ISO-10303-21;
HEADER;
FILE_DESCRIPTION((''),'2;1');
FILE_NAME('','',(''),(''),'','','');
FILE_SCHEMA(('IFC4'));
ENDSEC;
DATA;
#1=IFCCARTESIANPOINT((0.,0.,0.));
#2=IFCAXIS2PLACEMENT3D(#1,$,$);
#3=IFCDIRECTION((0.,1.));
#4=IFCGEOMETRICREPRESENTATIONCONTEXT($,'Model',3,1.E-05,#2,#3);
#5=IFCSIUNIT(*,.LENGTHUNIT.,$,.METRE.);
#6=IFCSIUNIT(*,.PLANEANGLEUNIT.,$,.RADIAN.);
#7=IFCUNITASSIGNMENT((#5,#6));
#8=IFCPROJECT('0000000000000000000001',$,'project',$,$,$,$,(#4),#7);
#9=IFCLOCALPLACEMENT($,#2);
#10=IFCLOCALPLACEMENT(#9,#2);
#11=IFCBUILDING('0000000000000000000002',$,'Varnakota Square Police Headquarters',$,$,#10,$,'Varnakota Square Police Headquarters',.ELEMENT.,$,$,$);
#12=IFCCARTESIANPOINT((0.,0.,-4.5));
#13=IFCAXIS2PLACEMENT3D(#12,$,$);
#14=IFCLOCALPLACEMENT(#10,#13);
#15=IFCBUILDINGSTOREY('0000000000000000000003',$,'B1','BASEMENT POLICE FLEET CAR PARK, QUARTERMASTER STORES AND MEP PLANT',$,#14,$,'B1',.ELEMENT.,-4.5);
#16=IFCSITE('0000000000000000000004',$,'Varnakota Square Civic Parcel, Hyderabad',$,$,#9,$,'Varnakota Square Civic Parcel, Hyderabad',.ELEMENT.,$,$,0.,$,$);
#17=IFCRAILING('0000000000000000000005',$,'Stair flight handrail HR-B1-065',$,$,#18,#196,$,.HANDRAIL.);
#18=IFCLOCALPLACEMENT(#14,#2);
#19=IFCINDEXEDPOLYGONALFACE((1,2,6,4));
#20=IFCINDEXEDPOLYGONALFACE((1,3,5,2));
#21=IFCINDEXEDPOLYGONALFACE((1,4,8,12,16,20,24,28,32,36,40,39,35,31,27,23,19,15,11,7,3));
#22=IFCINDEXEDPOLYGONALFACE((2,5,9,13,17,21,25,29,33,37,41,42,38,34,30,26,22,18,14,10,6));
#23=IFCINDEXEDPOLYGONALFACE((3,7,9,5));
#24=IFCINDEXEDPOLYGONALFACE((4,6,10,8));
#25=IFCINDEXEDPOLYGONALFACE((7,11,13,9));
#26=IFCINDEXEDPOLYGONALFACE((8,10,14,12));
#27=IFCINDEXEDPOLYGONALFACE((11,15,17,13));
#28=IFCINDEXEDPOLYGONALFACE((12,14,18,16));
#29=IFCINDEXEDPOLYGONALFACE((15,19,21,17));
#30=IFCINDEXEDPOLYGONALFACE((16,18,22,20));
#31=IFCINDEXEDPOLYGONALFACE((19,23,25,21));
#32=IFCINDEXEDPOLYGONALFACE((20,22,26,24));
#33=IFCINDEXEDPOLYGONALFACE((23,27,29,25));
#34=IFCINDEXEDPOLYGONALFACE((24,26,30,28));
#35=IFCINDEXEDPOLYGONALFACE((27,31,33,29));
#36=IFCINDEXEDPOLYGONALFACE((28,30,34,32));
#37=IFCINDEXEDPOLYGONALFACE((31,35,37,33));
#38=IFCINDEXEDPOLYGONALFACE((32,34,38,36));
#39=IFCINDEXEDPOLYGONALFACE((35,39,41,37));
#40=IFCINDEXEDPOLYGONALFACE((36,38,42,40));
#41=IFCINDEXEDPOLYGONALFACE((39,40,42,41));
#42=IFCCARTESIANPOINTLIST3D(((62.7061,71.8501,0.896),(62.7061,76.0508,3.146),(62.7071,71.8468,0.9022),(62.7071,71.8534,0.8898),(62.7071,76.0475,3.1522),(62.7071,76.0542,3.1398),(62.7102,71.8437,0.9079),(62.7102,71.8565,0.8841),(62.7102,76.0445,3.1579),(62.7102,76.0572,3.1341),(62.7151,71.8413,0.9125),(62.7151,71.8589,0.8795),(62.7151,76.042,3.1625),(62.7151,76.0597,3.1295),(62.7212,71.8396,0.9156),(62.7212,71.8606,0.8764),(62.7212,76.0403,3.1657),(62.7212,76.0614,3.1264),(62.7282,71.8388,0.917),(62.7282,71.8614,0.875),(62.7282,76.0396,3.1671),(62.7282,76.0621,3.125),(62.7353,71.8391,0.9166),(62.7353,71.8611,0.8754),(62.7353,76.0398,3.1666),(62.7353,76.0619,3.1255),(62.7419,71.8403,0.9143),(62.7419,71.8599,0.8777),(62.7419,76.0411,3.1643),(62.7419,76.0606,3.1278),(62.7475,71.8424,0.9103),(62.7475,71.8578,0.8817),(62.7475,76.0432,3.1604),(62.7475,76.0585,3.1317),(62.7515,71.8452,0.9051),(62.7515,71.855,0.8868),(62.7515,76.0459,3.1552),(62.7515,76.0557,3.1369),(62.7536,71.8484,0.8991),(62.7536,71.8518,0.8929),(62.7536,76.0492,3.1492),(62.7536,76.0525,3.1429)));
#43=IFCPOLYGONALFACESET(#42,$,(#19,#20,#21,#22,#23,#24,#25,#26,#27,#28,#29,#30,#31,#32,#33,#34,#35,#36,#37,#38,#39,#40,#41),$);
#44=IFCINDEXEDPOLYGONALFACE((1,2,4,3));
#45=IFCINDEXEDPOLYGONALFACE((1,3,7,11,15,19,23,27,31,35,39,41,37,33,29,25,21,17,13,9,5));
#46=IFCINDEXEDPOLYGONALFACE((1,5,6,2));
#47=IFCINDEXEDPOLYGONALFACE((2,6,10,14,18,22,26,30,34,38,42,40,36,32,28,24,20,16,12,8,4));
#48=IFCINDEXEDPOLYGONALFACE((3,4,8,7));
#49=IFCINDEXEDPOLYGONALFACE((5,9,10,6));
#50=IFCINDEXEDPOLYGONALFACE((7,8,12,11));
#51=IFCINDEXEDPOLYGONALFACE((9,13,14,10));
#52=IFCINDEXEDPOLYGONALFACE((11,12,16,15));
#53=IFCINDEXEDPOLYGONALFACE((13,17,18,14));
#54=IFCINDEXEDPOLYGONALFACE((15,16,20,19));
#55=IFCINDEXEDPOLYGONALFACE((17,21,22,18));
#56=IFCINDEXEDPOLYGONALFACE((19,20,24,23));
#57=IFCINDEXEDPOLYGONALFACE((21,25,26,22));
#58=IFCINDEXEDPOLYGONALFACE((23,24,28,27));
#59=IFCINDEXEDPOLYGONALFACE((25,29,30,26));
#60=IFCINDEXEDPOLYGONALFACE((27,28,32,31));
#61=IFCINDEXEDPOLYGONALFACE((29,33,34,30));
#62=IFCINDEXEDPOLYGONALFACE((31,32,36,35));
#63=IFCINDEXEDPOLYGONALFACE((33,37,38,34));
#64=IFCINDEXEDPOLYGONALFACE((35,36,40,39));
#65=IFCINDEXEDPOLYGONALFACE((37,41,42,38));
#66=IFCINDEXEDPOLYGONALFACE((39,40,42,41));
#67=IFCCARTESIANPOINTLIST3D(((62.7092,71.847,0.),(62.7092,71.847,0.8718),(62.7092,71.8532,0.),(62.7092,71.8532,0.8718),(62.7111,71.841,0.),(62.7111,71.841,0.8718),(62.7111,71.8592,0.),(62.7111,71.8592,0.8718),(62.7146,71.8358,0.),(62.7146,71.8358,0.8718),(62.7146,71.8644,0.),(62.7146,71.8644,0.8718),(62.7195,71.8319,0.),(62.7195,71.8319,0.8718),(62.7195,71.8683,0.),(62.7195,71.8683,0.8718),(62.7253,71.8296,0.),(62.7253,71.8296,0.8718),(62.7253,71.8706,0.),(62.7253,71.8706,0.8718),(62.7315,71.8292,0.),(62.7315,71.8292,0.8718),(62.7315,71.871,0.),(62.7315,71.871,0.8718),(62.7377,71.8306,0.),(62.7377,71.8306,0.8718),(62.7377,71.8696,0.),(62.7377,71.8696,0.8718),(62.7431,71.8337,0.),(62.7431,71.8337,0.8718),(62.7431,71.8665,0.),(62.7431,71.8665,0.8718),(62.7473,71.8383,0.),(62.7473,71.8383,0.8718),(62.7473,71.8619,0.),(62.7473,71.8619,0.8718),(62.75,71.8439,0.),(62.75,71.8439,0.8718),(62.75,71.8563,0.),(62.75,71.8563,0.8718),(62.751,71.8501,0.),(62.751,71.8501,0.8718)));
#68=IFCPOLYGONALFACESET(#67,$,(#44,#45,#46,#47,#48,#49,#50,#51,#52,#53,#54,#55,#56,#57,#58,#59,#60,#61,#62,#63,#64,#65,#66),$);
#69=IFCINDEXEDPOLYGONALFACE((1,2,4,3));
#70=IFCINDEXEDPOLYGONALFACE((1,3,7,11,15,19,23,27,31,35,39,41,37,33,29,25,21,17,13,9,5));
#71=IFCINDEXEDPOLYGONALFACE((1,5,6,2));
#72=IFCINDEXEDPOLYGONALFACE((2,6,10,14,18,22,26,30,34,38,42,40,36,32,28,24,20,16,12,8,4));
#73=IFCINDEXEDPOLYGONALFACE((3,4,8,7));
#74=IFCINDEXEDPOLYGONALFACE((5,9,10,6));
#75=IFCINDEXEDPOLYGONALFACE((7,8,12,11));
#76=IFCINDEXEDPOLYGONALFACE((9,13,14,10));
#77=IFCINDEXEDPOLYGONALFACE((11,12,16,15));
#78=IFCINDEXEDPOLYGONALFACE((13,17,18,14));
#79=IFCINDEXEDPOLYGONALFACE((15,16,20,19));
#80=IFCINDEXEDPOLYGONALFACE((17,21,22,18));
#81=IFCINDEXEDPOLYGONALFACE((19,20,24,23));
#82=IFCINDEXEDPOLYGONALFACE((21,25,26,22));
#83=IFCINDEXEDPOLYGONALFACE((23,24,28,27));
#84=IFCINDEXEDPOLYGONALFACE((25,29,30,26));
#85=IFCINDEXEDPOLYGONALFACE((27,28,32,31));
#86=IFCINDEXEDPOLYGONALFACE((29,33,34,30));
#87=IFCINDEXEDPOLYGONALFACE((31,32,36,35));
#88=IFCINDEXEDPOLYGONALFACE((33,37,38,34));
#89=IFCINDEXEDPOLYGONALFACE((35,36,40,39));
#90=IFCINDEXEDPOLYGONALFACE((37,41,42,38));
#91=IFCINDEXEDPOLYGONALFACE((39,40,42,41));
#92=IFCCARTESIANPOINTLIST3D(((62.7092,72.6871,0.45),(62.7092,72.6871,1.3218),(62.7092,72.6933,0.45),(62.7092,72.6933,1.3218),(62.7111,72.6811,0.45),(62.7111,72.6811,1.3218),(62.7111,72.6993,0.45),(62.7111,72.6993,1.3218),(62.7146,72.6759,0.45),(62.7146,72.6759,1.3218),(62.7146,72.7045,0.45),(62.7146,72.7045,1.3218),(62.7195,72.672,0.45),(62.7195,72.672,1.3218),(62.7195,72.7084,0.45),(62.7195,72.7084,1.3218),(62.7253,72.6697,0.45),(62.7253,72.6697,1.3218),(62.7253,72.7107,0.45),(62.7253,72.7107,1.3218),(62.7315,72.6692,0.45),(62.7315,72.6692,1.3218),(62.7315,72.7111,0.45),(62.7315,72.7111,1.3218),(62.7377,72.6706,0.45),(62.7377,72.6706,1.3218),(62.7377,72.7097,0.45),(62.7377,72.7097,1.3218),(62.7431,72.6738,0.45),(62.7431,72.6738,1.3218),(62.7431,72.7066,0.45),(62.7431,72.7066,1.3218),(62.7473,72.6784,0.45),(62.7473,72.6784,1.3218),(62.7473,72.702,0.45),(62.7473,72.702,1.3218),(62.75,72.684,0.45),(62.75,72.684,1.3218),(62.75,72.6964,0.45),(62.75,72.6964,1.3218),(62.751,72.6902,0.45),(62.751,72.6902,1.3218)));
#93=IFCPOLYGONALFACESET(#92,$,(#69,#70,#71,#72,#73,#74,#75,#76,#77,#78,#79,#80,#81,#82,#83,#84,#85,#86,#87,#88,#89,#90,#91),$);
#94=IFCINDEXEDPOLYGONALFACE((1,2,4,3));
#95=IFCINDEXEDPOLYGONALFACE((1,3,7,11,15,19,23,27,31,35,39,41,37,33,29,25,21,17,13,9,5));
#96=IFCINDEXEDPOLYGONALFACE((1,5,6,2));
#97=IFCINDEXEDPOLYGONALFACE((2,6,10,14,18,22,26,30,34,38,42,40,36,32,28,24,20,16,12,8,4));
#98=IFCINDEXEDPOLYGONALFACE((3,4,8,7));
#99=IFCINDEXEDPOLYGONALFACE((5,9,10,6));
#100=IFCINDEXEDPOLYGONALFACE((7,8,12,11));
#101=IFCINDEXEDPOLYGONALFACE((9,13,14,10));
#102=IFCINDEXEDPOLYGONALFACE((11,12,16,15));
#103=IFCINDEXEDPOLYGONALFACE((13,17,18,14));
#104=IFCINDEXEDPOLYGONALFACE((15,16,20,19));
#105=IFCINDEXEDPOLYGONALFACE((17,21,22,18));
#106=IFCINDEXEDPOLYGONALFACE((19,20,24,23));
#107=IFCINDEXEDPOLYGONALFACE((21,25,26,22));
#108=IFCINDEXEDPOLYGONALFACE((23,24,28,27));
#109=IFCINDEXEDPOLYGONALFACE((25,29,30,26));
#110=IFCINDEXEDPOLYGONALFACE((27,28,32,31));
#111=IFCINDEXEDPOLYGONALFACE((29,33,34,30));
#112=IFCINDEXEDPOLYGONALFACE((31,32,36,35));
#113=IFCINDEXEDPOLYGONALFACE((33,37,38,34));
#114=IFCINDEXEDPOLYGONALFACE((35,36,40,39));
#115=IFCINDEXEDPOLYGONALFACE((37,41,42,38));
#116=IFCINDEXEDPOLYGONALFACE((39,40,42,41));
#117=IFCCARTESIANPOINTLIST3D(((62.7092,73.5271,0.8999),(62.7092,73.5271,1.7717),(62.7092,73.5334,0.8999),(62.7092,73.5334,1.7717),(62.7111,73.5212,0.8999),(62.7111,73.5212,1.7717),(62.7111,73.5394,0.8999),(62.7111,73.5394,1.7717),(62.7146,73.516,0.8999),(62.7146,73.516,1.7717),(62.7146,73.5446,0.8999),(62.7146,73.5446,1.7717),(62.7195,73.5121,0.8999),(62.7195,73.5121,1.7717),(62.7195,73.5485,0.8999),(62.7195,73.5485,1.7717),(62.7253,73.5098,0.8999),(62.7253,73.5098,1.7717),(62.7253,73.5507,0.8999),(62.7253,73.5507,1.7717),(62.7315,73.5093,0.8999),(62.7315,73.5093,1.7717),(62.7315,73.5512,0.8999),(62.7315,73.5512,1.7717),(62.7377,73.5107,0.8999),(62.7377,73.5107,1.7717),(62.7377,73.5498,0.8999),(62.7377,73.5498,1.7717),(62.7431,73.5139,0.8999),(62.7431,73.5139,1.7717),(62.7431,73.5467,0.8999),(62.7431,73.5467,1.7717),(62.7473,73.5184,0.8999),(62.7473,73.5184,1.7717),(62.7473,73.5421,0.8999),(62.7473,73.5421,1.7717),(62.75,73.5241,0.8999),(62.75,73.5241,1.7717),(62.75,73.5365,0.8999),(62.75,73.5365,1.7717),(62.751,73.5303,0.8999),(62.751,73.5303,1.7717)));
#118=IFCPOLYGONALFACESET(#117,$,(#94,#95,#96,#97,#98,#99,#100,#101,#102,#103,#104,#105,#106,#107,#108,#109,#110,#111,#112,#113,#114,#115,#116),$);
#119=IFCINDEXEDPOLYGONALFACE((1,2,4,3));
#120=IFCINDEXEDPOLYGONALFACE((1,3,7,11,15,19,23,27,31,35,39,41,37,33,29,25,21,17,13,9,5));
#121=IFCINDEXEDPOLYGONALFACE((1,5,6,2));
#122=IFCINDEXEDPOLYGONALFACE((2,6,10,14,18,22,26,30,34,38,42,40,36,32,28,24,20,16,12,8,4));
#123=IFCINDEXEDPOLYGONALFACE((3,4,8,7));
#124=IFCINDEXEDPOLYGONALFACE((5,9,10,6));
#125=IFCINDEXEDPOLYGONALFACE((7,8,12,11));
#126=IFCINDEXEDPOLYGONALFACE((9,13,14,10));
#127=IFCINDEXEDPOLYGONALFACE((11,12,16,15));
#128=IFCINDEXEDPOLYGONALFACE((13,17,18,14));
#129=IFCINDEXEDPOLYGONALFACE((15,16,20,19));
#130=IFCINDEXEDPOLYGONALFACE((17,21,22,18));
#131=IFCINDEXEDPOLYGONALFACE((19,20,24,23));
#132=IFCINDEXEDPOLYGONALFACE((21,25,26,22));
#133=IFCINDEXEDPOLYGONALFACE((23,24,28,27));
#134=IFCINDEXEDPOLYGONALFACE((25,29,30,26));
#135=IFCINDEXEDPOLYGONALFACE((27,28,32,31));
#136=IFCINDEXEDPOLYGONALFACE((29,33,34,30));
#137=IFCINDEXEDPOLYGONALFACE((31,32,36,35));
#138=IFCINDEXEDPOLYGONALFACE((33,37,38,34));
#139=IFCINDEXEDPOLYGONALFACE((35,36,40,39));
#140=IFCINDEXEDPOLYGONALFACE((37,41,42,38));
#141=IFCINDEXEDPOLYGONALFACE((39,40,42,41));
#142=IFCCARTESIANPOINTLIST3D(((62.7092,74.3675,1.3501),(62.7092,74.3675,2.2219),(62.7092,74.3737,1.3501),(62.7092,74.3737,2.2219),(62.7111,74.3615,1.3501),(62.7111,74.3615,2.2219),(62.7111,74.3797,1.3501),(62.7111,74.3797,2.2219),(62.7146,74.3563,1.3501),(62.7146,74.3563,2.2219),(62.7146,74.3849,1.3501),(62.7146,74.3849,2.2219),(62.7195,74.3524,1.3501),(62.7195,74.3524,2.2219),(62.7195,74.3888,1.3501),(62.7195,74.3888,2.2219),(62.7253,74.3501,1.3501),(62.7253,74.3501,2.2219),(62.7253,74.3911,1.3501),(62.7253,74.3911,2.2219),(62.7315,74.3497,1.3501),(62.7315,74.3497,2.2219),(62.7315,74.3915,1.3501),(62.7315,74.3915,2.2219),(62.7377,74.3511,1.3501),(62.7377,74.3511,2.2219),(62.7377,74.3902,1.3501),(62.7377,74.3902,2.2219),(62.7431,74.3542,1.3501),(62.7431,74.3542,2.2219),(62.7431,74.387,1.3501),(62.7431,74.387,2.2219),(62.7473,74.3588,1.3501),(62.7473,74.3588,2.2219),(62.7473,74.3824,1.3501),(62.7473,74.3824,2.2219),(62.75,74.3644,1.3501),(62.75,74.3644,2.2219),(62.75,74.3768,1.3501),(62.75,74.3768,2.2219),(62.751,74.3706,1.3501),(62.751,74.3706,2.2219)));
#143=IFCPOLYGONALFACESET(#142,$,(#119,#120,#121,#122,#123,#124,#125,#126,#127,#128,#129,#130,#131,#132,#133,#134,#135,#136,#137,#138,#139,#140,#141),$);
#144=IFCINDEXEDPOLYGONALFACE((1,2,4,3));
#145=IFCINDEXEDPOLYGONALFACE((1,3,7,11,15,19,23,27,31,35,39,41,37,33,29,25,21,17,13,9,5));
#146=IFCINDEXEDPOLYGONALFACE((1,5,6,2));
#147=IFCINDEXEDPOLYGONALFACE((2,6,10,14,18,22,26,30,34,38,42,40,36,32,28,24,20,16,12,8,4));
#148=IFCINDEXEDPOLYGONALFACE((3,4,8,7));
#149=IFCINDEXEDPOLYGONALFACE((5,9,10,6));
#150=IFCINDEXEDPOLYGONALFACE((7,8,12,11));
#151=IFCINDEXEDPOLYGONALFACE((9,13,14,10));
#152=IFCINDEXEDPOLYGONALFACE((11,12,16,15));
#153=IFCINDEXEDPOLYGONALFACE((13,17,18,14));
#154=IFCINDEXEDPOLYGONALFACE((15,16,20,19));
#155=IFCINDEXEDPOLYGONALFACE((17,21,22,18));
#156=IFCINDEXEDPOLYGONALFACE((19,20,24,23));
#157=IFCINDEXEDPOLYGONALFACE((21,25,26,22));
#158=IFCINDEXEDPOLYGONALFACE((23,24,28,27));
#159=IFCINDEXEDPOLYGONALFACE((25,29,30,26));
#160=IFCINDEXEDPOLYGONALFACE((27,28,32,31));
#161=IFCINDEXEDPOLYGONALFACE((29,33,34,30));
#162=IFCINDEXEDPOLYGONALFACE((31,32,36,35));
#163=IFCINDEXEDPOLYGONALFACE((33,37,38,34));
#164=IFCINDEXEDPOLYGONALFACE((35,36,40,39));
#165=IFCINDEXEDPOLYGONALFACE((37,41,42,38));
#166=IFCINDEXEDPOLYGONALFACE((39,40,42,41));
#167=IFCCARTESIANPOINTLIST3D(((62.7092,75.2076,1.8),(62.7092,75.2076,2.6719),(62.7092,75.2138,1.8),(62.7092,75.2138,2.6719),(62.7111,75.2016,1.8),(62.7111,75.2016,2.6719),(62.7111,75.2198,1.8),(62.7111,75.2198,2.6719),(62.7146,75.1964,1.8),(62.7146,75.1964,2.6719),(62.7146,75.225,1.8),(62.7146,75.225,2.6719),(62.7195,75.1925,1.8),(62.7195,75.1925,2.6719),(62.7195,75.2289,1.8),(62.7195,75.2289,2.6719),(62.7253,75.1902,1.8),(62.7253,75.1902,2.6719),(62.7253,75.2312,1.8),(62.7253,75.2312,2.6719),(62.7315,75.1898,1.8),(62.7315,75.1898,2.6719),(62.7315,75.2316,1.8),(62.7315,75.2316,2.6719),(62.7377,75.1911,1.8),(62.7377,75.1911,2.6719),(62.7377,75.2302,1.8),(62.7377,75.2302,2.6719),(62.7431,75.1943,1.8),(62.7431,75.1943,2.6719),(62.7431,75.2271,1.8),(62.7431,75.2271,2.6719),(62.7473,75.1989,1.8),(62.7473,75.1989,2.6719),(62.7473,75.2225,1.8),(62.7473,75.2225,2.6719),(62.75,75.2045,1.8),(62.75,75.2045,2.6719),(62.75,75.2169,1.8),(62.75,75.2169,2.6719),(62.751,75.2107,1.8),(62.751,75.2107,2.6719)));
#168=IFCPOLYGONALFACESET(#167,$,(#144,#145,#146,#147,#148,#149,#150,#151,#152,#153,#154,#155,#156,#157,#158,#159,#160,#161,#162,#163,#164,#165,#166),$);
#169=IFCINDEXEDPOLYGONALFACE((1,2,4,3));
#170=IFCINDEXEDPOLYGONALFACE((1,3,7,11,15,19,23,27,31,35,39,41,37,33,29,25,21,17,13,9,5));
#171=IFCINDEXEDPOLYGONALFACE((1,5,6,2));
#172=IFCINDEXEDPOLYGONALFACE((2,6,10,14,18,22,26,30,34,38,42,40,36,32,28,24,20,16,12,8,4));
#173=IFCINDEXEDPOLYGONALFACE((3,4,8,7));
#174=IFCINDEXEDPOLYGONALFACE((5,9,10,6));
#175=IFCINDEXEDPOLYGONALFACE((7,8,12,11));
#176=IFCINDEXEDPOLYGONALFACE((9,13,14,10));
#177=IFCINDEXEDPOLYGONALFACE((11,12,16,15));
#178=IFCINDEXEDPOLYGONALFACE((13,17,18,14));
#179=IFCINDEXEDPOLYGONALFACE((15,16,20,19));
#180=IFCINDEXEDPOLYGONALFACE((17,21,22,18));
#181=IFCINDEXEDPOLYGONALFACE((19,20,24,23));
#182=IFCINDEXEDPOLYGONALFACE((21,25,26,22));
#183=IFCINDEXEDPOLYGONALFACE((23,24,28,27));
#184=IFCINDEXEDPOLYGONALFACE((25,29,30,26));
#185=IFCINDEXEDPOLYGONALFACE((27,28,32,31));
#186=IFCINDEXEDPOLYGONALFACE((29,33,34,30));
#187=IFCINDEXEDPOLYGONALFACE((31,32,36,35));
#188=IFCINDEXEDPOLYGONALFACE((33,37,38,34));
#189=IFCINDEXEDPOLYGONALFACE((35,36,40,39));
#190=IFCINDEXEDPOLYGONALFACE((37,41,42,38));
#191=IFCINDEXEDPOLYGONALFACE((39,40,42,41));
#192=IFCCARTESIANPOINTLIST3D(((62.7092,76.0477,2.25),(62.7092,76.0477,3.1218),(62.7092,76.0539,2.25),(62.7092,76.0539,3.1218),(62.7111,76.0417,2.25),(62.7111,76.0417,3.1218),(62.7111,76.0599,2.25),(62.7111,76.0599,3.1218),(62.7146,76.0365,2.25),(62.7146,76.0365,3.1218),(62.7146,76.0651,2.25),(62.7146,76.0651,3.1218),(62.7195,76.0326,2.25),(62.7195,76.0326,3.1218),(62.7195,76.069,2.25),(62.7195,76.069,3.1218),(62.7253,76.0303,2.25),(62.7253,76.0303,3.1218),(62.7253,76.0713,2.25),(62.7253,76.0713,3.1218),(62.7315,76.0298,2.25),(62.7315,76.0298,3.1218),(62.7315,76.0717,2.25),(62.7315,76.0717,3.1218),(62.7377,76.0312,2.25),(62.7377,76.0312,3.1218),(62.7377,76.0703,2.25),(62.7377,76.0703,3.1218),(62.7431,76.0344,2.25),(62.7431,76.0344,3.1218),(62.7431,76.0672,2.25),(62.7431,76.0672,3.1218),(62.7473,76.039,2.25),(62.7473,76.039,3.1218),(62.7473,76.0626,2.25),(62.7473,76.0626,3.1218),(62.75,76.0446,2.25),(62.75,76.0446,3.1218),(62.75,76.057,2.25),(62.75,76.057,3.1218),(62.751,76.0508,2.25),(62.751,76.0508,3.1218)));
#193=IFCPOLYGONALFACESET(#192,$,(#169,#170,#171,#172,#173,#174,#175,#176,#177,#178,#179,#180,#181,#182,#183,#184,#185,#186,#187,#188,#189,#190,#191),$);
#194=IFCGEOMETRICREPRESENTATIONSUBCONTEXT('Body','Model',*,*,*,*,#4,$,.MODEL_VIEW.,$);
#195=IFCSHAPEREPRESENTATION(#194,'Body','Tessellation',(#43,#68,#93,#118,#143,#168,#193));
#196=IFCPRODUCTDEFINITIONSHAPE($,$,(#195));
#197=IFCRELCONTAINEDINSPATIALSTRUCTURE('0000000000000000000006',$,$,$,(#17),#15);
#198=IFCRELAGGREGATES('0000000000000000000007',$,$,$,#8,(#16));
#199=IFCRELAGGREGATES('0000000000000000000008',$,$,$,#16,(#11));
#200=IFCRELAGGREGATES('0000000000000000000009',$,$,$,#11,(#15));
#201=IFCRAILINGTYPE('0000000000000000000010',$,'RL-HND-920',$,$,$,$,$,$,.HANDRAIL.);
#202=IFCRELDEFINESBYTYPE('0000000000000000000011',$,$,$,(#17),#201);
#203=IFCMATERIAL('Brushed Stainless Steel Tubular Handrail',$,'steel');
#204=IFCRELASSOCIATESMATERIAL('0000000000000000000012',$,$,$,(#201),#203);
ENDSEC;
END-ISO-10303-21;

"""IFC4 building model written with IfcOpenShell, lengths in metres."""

from ifc_helpers import new_model, si_unit, direction, frame, origin, origin_2d, place, context, subcontext, project, spatial, circle, extrude, material, type_object, element, save


model = new_model("IFC4")

# Units and contexts
model_context = context("Model", 3, precision=1e-05, world=origin(), true_north=direction((0.0, 1.0)))
body_context = subcontext(model_context, "Body", "Model", "MODEL_VIEW")
ifc_project = project(units=[si_unit("LENGTHUNIT", "METRE"), si_unit("PLANEANGLEUNIT", "RADIAN")], contexts=[model_context])

# Site, building, storey
site_placement = place(None, origin())
site = spatial("IfcSite", under=ifc_project, at=site_placement, Name="Varnakota Square Civic Parcel, Hyderabad", LongName="Varnakota Square Civic Parcel, Hyderabad", CompositionType="ELEMENT", RefElevation=0.0)
building_placement = place(site_placement, origin())
building = spatial("IfcBuilding", under=site, at=building_placement, Name="Varnakota Square Police Headquarters", LongName="Varnakota Square Police Headquarters", CompositionType="ELEMENT")
storey_placement = place(building_placement, frame((0.0, 0.0, -4.5)))
storey = spatial("IfcBuildingStorey", under=building, at=storey_placement, Name="B1", Description="BASEMENT POLICE FLEET CAR PARK, QUARTERMASTER STORES AND MEP PLANT", LongName="B1", CompositionType="ELEMENT", Elevation=-4.5)

# Railing
ifc_material_1 = material(Name="Brushed Stainless Steel Tubular Handrail", Category="steel")
railing_type = type_object("IfcRailingType", Name="RL-HND-920", PredefinedType="HANDRAIL", material=ifc_material_1)
railing_placement = place(storey_placement, frame((62.73, 71.8501, 0.0)))
element("IfcRailing", 1, at=railing_placement, inside=storey, type_object=railing_type, Name="Stair flight handrail HR-B1-065", PredefinedType="HANDRAIL", context=body_context, shape_type="SweptSolid", body=[
    extrude(circle(Radius=0.0239, at=origin_2d()), frame((0.0, 0.0, 0.896), z_axis=(0.0, 0.881512, 0.472162), x_axis=(-1.0, 0.0, 0.0)), (0.0, 0.0, 1.0), 4.7654),
    extrude(circle(Radius=0.021, at=origin_2d()), origin(), (0.0, 0.0, 1.0), 0.8718),
    extrude(circle(Radius=0.021, at=origin_2d()), frame((0.0, 0.8401, 0.45)), (0.0, 0.0, 1.0), 0.8718),
    extrude(circle(Radius=0.021, at=origin_2d()), frame((0.0, 1.6802, 0.8999)), (0.0, 0.0, 1.0), 0.8718),
    extrude(circle(Radius=0.021, at=origin_2d()), frame((0.0, 2.5205, 1.3501)), (0.0, 0.0, 1.0), 0.8718),
    extrude(circle(Radius=0.021, at=origin_2d()), frame((0.0, 3.3606, 1.8)), (0.0, 0.0, 1.0), 0.8718),
    extrude(circle(Radius=0.021, at=origin_2d()), frame((0.0, 4.2007, 2.25)), (0.0, 0.0, 1.0), 0.8718),
])

save(model, "model.ifc")
